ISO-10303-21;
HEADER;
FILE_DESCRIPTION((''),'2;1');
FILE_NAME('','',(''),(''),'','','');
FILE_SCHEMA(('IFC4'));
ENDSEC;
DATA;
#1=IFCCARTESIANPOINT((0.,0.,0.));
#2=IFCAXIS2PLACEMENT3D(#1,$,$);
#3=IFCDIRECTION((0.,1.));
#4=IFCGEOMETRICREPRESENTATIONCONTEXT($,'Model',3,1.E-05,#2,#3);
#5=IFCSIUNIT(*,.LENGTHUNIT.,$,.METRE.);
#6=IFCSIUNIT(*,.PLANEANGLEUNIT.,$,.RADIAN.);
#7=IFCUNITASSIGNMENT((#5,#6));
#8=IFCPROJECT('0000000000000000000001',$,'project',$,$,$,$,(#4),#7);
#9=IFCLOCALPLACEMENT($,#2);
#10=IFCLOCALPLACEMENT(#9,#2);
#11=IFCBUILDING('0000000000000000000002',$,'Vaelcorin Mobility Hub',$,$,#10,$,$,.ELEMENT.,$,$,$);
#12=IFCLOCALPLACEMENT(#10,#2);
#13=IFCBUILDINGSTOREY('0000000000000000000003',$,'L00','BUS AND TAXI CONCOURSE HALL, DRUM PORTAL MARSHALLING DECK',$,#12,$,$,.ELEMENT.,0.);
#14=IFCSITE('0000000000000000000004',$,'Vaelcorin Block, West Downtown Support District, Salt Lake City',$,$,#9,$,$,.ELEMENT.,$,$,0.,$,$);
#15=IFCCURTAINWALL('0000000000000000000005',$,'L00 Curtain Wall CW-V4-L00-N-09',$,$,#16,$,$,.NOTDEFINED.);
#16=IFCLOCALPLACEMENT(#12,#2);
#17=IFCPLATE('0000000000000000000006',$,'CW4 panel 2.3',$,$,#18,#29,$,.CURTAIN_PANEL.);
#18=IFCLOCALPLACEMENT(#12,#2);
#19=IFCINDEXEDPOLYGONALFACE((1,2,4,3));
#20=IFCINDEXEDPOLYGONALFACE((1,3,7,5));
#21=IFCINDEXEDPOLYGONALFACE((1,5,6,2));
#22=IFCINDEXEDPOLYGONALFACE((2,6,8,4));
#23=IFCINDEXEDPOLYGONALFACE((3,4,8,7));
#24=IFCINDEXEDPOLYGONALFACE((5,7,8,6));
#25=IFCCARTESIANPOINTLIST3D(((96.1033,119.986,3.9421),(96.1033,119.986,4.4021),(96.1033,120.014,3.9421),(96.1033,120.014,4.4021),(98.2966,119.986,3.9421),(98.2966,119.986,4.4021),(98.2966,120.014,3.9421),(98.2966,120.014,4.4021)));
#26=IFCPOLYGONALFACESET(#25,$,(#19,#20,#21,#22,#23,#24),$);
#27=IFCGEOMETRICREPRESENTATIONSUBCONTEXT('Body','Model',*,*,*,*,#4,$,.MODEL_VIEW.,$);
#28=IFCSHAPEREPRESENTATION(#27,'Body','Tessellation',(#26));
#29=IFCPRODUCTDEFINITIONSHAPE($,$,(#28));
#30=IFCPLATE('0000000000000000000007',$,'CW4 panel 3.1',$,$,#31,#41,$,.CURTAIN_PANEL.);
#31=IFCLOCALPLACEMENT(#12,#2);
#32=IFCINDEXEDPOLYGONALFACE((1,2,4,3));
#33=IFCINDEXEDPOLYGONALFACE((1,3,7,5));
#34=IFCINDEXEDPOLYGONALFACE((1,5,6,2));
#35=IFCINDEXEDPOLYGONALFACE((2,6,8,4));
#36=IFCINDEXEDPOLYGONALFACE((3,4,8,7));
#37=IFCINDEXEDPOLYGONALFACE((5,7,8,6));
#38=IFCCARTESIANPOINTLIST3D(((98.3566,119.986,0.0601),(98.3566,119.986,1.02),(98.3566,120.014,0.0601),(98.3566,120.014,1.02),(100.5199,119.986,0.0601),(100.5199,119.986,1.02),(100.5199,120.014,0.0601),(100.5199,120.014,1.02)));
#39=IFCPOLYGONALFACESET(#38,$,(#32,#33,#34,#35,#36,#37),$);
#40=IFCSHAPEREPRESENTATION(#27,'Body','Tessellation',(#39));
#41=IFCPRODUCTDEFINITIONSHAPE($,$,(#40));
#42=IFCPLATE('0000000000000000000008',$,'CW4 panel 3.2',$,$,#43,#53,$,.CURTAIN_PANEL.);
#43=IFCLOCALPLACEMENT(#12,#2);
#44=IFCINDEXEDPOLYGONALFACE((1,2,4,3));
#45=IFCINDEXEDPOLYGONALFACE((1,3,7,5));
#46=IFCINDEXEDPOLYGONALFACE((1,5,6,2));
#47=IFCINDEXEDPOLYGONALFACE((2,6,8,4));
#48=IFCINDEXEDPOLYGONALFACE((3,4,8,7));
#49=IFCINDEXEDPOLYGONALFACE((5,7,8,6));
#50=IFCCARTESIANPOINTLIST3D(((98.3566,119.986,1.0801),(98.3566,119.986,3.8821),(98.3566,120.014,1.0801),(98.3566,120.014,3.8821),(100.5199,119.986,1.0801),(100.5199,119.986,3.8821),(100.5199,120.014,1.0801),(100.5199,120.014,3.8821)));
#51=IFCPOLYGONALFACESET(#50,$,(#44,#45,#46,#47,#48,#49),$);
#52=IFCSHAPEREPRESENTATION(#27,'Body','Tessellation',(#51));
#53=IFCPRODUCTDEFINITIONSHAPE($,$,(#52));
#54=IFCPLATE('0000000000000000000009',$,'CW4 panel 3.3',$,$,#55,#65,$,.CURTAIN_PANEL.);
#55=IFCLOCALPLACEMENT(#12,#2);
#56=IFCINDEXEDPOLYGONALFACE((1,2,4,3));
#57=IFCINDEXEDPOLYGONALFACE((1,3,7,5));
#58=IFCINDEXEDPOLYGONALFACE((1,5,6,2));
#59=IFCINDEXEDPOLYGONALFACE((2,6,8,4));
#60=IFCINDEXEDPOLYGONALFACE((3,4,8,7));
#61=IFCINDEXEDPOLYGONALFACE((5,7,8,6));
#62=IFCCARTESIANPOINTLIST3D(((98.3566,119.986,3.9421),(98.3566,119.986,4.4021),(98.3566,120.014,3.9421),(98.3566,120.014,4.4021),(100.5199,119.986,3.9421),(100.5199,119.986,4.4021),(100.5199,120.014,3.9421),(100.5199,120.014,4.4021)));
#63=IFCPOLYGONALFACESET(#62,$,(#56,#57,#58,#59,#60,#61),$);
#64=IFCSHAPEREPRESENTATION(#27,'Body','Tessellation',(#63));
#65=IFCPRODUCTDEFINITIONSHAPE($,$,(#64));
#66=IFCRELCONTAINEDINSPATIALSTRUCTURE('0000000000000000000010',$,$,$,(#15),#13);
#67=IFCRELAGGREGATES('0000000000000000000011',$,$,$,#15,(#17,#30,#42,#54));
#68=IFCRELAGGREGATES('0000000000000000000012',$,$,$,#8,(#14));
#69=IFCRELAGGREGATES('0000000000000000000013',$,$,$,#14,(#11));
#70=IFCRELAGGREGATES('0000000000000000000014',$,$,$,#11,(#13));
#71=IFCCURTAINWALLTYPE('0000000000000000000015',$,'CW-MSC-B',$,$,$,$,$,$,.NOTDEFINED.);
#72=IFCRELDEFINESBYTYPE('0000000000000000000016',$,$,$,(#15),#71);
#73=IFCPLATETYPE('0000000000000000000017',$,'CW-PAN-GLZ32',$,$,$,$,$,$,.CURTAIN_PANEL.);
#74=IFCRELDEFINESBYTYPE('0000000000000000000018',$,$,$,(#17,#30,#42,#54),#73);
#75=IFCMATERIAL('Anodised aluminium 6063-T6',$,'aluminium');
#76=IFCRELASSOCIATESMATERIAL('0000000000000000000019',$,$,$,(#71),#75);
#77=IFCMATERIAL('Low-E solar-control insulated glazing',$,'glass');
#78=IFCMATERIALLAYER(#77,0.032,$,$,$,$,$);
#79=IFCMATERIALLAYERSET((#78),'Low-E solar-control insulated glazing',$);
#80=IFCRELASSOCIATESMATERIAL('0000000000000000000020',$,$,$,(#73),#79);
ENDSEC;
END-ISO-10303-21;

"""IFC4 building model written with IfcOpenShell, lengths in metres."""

from ifc_helpers import new_model, si_unit, direction, frame, origin, origin_2d, place, context, subcontext, project, spatial, rectangle, extrude, material, layer, layer_set, type_object, element, aggregate, save


model = new_model("IFC4")

# Units and contexts
model_context = context("Model", 3, precision=1e-05, world=origin(), true_north=direction((0.0, 1.0)))
body_context = subcontext(model_context, "Body", "Model", "MODEL_VIEW")
ifc_project = project(units=[si_unit("LENGTHUNIT", "METRE"), si_unit("PLANEANGLEUNIT", "RADIAN")], contexts=[model_context])

# Site, building, storey
site_placement = place(None, origin())
site = spatial("IfcSite", under=ifc_project, at=site_placement, Name="Vaelcorin Block, West Downtown Support District, Salt Lake City", CompositionType="ELEMENT", RefElevation=0.0)
building_placement = place(site_placement, origin())
building = spatial("IfcBuilding", under=site, at=building_placement, Name="Vaelcorin Mobility Hub", CompositionType="ELEMENT")
storey_placement = place(building_placement, origin())
storey = spatial("IfcBuildingStorey", under=building, at=storey_placement, Name="L00", Description="BUS AND TAXI CONCOURSE HALL, DRUM PORTAL MARSHALLING DECK", CompositionType="ELEMENT", Elevation=0.0)

# Curtain wall, plates
ifc_material_1 = material(Name="Anodised aluminium 6063-T6", Category="aluminium")
curtain_wall_type = type_object("IfcCurtainWallType", Name="CW-MSC-B", PredefinedType="NOTDEFINED", material=ifc_material_1)
curtain_wall_placement = place(storey_placement, origin())
curtain_wall = element("IfcCurtainWall", 1, at=curtain_wall_placement, inside=storey, type_object=curtain_wall_type, Name="L00 Curtain Wall CW-V4-L00-N-09", PredefinedType="NOTDEFINED")
ifc_material_2 = material(Name="Low-E solar-control insulated glazing", Category="glass")
ifc_layer = layer(ifc_material_2, 0.032)
ifc_layer_set = layer_set([ifc_layer], Name="Low-E solar-control insulated glazing")
plate_type = type_object("IfcPlateType", Name="CW-PAN-GLZ32", PredefinedType="CURTAIN_PANEL", material=ifc_layer_set)
plate_1_placement = place(storey_placement, frame((97.2, 120.0, 3.9421), z_axis=(0.0, 0.0, 1.0), x_axis=(1.0, 0.0, 0.0)))
plate_1 = element("IfcPlate", 2, at=plate_1_placement, type_object=plate_type, Name="CW4 panel 2.3", PredefinedType="CURTAIN_PANEL", context=body_context, shape_type="SweptSolid", body=[
    extrude(rectangle(XDim=2.1934, YDim=0.0281, at=origin_2d()), origin(), (0.0, 0.0, 1.0), 0.46),
])
plate_2_placement = place(storey_placement, frame((99.4382, 120.0, 0.0601), z_axis=(0.0, 0.0, 1.0), x_axis=(1.0, 0.0, 0.0)))
plate_2 = element("IfcPlate", 3, at=plate_2_placement, type_object=plate_type, Name="CW4 panel 3.1", PredefinedType="CURTAIN_PANEL", context=body_context, shape_type="SweptSolid", body=[
    extrude(rectangle(XDim=2.1633, YDim=0.0281, at=origin_2d()), origin(), (0.0, 0.0, 1.0), 0.96),
])
plate_3_placement = place(storey_placement, frame((99.4382, 120.0, 1.0801), z_axis=(0.0, 0.0, 1.0), x_axis=(1.0, 0.0, 0.0)))
plate_3 = element("IfcPlate", 4, at=plate_3_placement, type_object=plate_type, Name="CW4 panel 3.2", PredefinedType="CURTAIN_PANEL", context=body_context, shape_type="SweptSolid", body=[
    extrude(rectangle(XDim=2.1633, YDim=0.0281, at=origin_2d()), origin(), (0.0, 0.0, 1.0), 2.802),
])
plate_4_placement = place(storey_placement, frame((99.4382, 120.0, 3.9421), z_axis=(0.0, 0.0, 1.0), x_axis=(1.0, 0.0, 0.0)))
plate_4 = element("IfcPlate", 5, at=plate_4_placement, type_object=plate_type, Name="CW4 panel 3.3", PredefinedType="CURTAIN_PANEL", context=body_context, shape_type="SweptSolid", body=[
    extrude(rectangle(XDim=2.1633, YDim=0.0281, at=origin_2d()), origin(), (0.0, 0.0, 1.0), 0.46),
])
aggregate(curtain_wall, [plate_1, plate_2, plate_3, plate_4])

save(model, "model.ifc")
